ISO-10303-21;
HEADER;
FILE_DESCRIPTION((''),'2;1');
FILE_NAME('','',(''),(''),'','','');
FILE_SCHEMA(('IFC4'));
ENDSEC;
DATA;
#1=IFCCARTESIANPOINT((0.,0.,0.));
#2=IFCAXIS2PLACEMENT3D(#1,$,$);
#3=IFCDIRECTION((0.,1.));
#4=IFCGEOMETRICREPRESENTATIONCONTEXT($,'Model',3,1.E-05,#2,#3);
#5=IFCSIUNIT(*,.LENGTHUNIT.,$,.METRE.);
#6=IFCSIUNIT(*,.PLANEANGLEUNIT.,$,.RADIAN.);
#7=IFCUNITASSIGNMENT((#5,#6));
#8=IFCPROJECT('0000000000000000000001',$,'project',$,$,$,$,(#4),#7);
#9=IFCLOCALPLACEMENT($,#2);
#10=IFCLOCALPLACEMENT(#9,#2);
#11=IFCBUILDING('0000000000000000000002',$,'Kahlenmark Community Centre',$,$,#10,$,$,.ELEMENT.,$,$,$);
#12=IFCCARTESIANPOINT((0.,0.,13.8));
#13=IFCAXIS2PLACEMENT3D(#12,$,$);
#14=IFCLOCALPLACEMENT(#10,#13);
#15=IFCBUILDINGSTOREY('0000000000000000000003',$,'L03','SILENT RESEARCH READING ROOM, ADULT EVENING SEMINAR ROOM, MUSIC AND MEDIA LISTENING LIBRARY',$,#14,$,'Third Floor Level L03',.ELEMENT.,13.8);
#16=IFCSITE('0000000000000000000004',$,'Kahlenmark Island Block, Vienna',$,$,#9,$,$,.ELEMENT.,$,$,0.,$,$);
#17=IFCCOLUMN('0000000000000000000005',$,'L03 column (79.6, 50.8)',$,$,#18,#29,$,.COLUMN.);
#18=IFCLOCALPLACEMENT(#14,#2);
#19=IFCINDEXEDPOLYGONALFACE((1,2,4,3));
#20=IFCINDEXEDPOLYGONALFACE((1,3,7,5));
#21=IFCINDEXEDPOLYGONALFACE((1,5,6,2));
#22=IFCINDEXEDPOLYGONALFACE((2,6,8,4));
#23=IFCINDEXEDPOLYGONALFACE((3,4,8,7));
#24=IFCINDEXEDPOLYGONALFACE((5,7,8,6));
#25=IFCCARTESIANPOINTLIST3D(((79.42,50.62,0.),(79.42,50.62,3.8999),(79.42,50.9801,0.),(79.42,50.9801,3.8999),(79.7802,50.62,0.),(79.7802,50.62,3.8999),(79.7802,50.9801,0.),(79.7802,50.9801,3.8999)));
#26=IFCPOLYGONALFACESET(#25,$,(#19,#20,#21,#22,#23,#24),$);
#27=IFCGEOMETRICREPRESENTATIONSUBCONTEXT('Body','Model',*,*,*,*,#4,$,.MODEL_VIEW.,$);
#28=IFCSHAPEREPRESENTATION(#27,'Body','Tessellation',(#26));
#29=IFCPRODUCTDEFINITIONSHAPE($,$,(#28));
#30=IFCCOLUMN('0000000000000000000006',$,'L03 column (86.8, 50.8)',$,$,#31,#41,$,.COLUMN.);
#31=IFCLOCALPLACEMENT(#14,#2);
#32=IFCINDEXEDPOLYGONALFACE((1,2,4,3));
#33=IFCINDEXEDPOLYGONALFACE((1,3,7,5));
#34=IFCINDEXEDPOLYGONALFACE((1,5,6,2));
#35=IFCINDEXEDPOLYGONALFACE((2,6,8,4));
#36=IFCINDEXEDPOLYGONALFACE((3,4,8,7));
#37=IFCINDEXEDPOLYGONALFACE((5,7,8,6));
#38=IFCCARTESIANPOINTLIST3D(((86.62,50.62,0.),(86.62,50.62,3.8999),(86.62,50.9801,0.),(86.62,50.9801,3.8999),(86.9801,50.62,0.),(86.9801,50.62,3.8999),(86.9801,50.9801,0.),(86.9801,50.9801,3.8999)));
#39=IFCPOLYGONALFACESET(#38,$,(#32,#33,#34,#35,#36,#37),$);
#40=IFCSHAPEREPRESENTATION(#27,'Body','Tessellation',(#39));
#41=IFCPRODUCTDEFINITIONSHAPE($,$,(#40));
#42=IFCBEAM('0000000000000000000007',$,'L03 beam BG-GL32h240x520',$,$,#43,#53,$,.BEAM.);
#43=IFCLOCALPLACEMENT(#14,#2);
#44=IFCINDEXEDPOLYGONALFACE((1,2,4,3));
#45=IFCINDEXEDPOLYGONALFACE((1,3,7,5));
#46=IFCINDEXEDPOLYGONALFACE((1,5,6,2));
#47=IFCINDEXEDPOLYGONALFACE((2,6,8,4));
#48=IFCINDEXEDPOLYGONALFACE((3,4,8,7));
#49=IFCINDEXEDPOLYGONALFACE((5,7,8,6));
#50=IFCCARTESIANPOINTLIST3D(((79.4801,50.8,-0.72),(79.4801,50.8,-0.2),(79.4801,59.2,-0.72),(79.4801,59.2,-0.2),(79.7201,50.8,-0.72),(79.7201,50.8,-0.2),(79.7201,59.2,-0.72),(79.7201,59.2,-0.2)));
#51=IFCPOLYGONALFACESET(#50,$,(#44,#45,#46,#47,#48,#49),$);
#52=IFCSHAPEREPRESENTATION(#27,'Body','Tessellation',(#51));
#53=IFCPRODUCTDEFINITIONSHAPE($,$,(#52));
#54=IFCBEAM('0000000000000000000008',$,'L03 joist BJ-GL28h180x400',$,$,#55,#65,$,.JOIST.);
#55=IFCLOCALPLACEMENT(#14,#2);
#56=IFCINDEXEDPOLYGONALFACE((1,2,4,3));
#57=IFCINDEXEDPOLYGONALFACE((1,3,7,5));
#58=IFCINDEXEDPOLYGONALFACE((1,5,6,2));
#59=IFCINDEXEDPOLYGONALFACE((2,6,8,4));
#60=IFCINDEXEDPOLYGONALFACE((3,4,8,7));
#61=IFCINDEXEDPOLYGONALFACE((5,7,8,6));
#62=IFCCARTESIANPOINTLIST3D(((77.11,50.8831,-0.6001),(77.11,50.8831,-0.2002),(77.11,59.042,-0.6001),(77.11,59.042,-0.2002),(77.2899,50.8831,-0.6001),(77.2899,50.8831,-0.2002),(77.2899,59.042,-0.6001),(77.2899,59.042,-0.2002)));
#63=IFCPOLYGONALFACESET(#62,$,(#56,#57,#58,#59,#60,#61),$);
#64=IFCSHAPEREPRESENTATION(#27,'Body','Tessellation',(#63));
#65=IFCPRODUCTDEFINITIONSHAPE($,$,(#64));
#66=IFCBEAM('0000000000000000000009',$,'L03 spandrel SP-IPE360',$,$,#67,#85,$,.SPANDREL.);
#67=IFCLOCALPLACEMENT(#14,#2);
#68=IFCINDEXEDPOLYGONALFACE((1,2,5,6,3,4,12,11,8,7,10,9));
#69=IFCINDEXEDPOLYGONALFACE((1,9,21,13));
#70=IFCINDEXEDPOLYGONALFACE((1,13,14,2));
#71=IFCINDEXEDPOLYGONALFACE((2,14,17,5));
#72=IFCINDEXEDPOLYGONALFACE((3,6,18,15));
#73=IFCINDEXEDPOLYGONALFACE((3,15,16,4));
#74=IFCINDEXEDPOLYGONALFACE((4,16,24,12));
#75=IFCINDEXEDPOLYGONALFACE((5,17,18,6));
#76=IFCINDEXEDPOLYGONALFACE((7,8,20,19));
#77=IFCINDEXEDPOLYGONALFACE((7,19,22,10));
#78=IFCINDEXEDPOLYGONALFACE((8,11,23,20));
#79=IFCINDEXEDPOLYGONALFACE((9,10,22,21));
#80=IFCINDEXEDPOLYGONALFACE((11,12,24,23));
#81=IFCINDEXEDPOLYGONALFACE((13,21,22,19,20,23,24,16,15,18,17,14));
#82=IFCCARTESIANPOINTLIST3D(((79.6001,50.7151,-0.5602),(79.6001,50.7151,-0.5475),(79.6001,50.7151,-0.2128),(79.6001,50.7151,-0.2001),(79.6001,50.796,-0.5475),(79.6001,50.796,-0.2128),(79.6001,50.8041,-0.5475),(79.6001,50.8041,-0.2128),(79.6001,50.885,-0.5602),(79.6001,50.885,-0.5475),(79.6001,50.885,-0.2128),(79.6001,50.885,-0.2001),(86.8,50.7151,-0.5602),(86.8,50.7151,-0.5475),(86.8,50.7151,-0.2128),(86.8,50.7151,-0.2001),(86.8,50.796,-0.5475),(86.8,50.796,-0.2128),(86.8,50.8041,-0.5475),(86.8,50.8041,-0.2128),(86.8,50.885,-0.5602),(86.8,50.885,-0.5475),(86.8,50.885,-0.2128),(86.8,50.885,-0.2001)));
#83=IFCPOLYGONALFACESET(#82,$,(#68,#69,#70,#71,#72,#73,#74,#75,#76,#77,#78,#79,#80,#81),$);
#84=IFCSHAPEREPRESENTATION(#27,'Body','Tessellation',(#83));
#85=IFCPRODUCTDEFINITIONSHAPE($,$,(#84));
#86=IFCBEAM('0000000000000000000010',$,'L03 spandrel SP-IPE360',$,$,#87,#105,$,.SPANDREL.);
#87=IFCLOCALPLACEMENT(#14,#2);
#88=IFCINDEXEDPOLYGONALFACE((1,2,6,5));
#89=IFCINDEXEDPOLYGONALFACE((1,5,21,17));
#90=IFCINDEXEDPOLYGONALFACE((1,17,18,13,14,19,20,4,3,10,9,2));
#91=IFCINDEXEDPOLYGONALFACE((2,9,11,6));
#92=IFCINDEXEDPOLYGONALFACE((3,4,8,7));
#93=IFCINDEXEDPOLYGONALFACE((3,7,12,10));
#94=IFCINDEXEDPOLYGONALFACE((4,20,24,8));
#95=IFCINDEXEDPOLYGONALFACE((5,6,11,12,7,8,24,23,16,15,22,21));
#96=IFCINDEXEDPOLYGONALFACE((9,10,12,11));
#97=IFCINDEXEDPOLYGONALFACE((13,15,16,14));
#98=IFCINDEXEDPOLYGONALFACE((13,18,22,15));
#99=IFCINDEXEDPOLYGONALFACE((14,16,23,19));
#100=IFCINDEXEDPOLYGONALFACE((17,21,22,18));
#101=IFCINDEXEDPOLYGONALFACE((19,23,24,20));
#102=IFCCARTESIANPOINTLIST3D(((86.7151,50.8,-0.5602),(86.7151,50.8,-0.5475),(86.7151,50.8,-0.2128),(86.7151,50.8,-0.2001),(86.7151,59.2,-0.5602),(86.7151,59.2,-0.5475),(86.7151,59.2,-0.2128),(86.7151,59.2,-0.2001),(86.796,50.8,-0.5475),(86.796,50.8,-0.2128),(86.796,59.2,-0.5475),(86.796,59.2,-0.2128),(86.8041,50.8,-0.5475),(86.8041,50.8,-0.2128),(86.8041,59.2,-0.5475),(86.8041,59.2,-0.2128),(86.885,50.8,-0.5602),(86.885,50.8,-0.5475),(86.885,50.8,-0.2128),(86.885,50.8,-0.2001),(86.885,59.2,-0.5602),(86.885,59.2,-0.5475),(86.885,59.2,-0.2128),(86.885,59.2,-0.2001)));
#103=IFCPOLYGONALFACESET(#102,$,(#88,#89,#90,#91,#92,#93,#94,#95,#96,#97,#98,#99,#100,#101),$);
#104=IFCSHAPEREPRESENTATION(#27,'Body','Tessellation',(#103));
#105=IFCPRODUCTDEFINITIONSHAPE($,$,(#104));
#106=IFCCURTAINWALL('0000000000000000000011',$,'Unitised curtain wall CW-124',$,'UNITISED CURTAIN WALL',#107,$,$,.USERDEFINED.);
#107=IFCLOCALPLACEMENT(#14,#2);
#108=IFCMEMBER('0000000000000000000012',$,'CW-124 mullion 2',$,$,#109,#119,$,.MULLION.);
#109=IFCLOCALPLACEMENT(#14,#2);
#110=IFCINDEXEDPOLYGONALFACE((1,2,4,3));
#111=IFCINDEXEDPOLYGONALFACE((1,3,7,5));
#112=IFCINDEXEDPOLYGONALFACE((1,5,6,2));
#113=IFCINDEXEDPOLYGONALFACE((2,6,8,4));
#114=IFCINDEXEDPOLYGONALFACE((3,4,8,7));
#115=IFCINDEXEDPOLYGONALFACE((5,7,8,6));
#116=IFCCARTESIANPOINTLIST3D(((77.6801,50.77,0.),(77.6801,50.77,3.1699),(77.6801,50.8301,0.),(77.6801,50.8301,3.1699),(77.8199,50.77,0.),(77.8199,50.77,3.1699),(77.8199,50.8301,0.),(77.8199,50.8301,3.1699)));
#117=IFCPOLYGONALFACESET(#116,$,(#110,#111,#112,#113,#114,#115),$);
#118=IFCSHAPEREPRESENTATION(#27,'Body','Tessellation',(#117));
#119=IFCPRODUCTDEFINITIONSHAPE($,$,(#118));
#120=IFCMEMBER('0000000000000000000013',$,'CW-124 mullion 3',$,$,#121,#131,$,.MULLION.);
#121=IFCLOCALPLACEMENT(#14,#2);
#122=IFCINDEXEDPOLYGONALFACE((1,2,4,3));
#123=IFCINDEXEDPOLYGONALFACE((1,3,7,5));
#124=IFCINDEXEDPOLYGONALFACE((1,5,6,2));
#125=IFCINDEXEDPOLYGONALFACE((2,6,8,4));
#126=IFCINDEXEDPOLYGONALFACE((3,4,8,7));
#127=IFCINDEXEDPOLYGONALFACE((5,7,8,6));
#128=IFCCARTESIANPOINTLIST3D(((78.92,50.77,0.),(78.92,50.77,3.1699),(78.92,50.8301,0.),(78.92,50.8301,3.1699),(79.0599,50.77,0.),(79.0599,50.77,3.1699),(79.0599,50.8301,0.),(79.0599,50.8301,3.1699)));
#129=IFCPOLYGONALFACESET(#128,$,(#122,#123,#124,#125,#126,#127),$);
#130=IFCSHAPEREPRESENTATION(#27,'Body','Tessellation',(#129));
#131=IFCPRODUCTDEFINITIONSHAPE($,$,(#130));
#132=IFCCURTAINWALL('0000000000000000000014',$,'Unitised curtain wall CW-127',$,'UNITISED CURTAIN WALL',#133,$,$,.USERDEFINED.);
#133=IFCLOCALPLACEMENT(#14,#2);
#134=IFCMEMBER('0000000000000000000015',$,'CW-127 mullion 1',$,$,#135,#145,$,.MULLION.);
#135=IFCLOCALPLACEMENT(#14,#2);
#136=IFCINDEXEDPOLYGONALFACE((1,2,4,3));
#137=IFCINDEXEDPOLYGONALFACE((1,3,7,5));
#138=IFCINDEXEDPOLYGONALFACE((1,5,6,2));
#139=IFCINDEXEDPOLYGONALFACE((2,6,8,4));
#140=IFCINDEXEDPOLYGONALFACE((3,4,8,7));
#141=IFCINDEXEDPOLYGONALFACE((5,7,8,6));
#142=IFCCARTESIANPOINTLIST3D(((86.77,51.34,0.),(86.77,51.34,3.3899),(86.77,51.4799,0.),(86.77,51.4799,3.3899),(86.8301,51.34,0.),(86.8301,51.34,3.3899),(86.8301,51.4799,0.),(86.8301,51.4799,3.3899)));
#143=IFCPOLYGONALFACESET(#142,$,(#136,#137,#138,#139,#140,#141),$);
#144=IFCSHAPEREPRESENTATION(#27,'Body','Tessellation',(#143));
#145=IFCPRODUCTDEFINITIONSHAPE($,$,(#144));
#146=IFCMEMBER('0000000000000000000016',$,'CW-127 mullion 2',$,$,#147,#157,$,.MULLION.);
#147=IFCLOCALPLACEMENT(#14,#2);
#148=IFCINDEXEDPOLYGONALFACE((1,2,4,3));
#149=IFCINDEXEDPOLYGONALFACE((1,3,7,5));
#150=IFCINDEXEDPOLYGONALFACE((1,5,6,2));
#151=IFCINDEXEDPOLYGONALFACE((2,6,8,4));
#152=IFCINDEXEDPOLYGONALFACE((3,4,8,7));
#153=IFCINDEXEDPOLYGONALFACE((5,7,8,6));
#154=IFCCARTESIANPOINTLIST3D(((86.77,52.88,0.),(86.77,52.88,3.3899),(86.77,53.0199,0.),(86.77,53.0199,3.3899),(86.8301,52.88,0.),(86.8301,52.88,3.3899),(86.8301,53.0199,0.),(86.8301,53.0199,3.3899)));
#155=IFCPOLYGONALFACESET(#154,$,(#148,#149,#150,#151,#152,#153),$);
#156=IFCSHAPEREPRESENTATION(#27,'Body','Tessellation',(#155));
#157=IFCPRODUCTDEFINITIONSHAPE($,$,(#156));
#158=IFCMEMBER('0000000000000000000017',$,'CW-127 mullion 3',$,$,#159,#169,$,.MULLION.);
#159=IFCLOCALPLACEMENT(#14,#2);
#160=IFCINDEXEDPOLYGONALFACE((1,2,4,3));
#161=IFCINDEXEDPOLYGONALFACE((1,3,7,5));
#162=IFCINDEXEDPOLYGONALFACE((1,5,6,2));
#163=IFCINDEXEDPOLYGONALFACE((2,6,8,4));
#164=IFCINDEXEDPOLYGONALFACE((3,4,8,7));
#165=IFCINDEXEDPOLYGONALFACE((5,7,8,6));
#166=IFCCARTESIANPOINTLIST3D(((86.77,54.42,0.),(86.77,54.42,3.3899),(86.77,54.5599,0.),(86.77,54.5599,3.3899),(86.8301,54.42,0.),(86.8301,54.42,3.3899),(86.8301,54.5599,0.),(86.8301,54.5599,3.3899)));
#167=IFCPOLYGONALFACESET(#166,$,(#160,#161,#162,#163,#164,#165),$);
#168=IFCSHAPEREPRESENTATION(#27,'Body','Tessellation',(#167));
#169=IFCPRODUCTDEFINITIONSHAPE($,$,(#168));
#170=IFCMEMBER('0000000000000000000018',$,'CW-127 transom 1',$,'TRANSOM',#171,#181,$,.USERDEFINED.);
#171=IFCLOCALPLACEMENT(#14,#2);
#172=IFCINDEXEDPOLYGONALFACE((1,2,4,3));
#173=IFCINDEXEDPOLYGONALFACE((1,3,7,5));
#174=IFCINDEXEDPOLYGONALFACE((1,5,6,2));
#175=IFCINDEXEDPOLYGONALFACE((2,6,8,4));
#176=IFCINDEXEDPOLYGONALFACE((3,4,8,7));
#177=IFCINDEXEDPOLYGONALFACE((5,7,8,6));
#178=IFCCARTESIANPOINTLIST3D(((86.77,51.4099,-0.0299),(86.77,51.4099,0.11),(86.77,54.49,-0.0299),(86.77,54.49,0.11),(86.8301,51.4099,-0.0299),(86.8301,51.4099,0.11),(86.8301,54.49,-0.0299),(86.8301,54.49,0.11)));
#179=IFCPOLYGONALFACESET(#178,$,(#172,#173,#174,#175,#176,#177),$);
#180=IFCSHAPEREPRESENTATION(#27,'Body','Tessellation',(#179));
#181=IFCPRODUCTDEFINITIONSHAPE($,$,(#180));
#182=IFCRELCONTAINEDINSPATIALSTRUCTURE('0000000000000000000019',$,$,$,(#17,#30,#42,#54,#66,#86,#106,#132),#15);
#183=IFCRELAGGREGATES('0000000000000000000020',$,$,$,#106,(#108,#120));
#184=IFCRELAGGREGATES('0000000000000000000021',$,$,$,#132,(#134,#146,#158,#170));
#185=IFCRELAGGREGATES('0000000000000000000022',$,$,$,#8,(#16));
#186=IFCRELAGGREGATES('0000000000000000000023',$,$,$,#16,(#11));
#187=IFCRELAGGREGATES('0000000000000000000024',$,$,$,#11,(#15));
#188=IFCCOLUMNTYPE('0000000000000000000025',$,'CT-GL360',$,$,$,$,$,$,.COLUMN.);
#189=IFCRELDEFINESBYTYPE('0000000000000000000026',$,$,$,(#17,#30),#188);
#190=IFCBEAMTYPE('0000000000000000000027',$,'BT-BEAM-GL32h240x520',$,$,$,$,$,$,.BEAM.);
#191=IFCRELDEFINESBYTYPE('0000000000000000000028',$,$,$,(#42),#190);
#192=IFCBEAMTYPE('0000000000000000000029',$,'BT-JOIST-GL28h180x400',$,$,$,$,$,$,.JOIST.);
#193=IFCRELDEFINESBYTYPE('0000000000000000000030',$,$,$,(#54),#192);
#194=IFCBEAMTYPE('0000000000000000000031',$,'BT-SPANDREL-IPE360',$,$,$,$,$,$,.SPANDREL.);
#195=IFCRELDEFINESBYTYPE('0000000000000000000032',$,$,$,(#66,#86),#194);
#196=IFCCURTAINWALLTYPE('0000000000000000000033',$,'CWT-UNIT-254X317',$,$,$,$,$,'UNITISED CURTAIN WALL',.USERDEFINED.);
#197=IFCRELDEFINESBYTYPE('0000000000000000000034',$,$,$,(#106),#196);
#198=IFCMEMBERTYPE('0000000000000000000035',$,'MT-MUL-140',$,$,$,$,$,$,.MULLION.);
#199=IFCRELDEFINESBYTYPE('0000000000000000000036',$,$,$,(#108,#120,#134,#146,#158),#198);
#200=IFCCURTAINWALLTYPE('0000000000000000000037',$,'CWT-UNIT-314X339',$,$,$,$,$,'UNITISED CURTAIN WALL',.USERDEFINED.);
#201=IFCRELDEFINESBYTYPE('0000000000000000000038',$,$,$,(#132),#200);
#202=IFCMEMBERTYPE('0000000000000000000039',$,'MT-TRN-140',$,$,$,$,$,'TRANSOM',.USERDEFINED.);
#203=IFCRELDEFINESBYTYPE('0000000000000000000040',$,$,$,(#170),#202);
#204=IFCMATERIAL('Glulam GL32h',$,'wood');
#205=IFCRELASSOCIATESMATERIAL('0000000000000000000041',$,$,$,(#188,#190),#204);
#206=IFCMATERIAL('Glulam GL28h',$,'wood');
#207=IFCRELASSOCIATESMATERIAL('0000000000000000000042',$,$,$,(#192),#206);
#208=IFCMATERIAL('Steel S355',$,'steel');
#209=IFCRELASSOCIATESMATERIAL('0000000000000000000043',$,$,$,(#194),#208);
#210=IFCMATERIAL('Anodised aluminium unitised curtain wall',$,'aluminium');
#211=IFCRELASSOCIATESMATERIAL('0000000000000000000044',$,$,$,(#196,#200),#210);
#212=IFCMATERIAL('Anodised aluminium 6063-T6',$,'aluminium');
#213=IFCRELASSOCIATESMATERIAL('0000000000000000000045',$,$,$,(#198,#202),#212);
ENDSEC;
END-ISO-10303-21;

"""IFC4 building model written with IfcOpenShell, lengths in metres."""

from ifc_helpers import new_model, si_unit, direction, frame, origin, origin_2d, place, context, subcontext, project, spatial, rectangle, i_section, extrude, material, material_profile, profile_set, type_object, element, aggregate, save


model = new_model("IFC4")

# Units and contexts
model_context = context("Model", 3, precision=1e-05, world=origin(), true_north=direction((0.0, 1.0)))
body_context = subcontext(model_context, "Body", "Model", "MODEL_VIEW")
ifc_project = project(units=[si_unit("LENGTHUNIT", "METRE"), si_unit("PLANEANGLEUNIT", "RADIAN")], contexts=[model_context])

# Site, building, storey
site_placement = place(None, origin())
site = spatial("IfcSite", under=ifc_project, at=site_placement, Name="Kahlenmark Island Block, Vienna", CompositionType="ELEMENT", RefElevation=0.0)
building_placement = place(site_placement, origin())
building = spatial("IfcBuilding", under=site, at=building_placement, Name="Kahlenmark Community Centre", CompositionType="ELEMENT")
storey_placement = place(building_placement, frame((0.0, 0.0, 13.8)))
storey = spatial("IfcBuildingStorey", under=building, at=storey_placement, Name="L03", Description="SILENT RESEARCH READING ROOM, ADULT EVENING SEMINAR ROOM, MUSIC AND MEDIA LISTENING LIBRARY", LongName="Third Floor Level L03", CompositionType="ELEMENT", Elevation=13.8)

# Columns
ifc_material_1 = material(Name="Glulam GL32h", Category="wood")
ifc_material_profile_1 = material_profile(ifc_material_1, rectangle(XDim=0.3601, YDim=0.3601, at=origin_2d()), Name="GL32h 360x360")
ifc_profile_set_1 = profile_set([ifc_material_profile_1], Name="Glulam GL32h")
column_type = type_object("IfcColumnType", Name="CT-GL360", PredefinedType="COLUMN", material=ifc_profile_set_1)
for number, where, z_axis, x_axis, name in (
    (1, (79.6001, 50.8, 0.0), (0.0, 0.0, 1.0), (1.0, 0.0, 0.0), "L03 column (79.6, 50.8)"),
    (2, (86.8, 50.8, 0.0), (0.0, 0.0, 1.0), (1.0, 0.0, 0.0), "L03 column (86.8, 50.8)"),
):
    element("IfcColumn", number, at=place(storey_placement, frame(where, z_axis=z_axis, x_axis=x_axis)), inside=storey, type_object=column_type, Name=name, PredefinedType="COLUMN", context=body_context, shape_type="SweptSolid", body=[
        extrude(rectangle(XDim=0.3601, YDim=0.3601, at=origin_2d()), origin(), (0.0, 0.0, 1.0), 3.8999),
    ])

# Beams
ifc_material_profile_2 = material_profile(ifc_material_1, rectangle(XDim=0.24, YDim=0.52, at=origin_2d()), Name="GL32h 240x520")
ifc_profile_set_2 = profile_set([ifc_material_profile_2], Name="Glulam GL32h")
beam_type_1 = type_object("IfcBeamType", Name="BT-BEAM-GL32h240x520", PredefinedType="BEAM", material=ifc_profile_set_2)
beam_1_placement = place(storey_placement, frame((79.6001, 50.8, -0.46), z_axis=(0.0, 1.0, 0.0), x_axis=(-1.0, 0.0, 0.0)))
element("IfcBeam", 3, at=beam_1_placement, inside=storey, type_object=beam_type_1, Name="L03 beam BG-GL32h240x520", PredefinedType="BEAM", context=body_context, shape_type="SweptSolid", body=[
    extrude(rectangle(XDim=0.24, YDim=0.52, at=origin_2d()), origin(), (0.0, 0.0, 1.0), 8.3999),
])
ifc_material_2 = material(Name="Glulam GL28h", Category="wood")
ifc_material_profile_3 = material_profile(ifc_material_2, rectangle(XDim=0.1799, YDim=0.3999, at=origin_2d()), Name="GL28h 180x400")
ifc_profile_set_3 = profile_set([ifc_material_profile_3], Name="Glulam GL28h")
beam_type_2 = type_object("IfcBeamType", Name="BT-JOIST-GL28h180x400", PredefinedType="JOIST", material=ifc_profile_set_3)
beam_2_placement = place(storey_placement, frame((77.2, 50.8831, -0.4001), z_axis=(0.0, 1.0, 0.0), x_axis=(-1.0, 0.0, 0.0)))
element("IfcBeam", 4, at=beam_2_placement, inside=storey, type_object=beam_type_2, Name="L03 joist BJ-GL28h180x400", PredefinedType="JOIST", context=body_context, shape_type="SweptSolid", body=[
    extrude(rectangle(XDim=0.1799, YDim=0.3999, at=origin_2d()), origin(), (0.0, 0.0, 1.0), 8.1589),
])
ifc_material_3 = material(Name="Steel S355", Category="steel")
ifc_material_profile_4 = material_profile(ifc_material_3, i_section(OverallWidth=0.1699, OverallDepth=0.3601, WebThickness=0.0081, FlangeThickness=0.0127, at=origin_2d()), Name="IPE 360")
ifc_profile_set_4 = profile_set([ifc_material_profile_4], Name="Steel S355")
beam_type_3 = type_object("IfcBeamType", Name="BT-SPANDREL-IPE360", PredefinedType="SPANDREL", material=ifc_profile_set_4)
beam_3_placement = place(storey_placement, frame((79.6001, 50.8, -0.3801), z_axis=(1.0, 0.0, 0.0), x_axis=(0.0, 1.0, 0.0)))
element("IfcBeam", 5, at=beam_3_placement, inside=storey, type_object=beam_type_3, Name="L03 spandrel SP-IPE360", PredefinedType="SPANDREL", context=body_context, shape_type="SweptSolid", body=[
    extrude(i_section(OverallWidth=0.1699, OverallDepth=0.3601, WebThickness=0.0081, FlangeThickness=0.0127, at=origin_2d()), origin(), (0.0, 0.0, 1.0), 7.2),
])
beam_4_placement = place(storey_placement, frame((86.8, 50.8, -0.3801), z_axis=(0.0, 1.0, 0.0), x_axis=(-1.0, 0.0, 0.0)))
element("IfcBeam", 6, at=beam_4_placement, inside=storey, type_object=beam_type_3, Name="L03 spandrel SP-IPE360", PredefinedType="SPANDREL", context=body_context, shape_type="SweptSolid", body=[
    extrude(i_section(OverallWidth=0.1699, OverallDepth=0.3601, WebThickness=0.0081, FlangeThickness=0.0127, at=origin_2d()), origin(), (0.0, 0.0, 1.0), 8.3999),
])

# Curtain walls, members
ifc_material_4 = material(Name="Anodised aluminium unitised curtain wall", Category="aluminium")
curtain_wall_type_1 = type_object("IfcCurtainWallType", Name="CWT-UNIT-254X317", ElementType="UNITISED CURTAIN WALL", PredefinedType="USERDEFINED", material=ifc_material_4)
curtain_wall_1_placement = place(storey_placement, origin())
curtain_wall_1 = element("IfcCurtainWall", 7, at=curtain_wall_1_placement, inside=storey, type_object=curtain_wall_type_1, Name="Unitised curtain wall CW-124", ObjectType="UNITISED CURTAIN WALL", PredefinedType="USERDEFINED")
ifc_material_5 = material(Name="Anodised aluminium 6063-T6", Category="aluminium")
ifc_material_profile_5 = material_profile(ifc_material_5, rectangle(XDim=0.0601, YDim=0.1399, at=origin_2d()), Name="ALU MULLION 60x140")
ifc_profile_set_5 = profile_set([ifc_material_profile_5], Name="Anodised aluminium 6063-T6")
member_type_1 = type_object("IfcMemberType", Name="MT-MUL-140", PredefinedType="MULLION", material=ifc_profile_set_5)
member_1_placement = place(storey_placement, frame((77.75, 50.8, 0.0), z_axis=(0.0, 0.0, 1.0), x_axis=(0.0, 1.0, 0.0)))
member_1 = element("IfcMember", 8, at=member_1_placement, type_object=member_type_1, Name="CW-124 mullion 2", PredefinedType="MULLION", context=body_context, shape_type="SweptSolid", body=[
    extrude(rectangle(XDim=0.0601, YDim=0.1399, at=origin_2d()), origin(), (0.0, 0.0, 1.0), 3.1699),
])
member_2_placement = place(storey_placement, frame((78.99, 50.8, 0.0), z_axis=(0.0, 0.0, 1.0), x_axis=(0.0, 1.0, 0.0)))
member_2 = element("IfcMember", 9, at=member_2_placement, type_object=member_type_1, Name="CW-124 mullion 3", PredefinedType="MULLION", context=body_context, shape_type="SweptSolid", body=[
    extrude(rectangle(XDim=0.0601, YDim=0.1399, at=origin_2d()), origin(), (0.0, 0.0, 1.0), 3.1699),
])
curtain_wall_type_2 = type_object("IfcCurtainWallType", Name="CWT-UNIT-314X339", ElementType="UNITISED CURTAIN WALL", PredefinedType="USERDEFINED", material=ifc_material_4)
curtain_wall_2_placement = place(storey_placement, origin())
curtain_wall_2 = element("IfcCurtainWall", 10, at=curtain_wall_2_placement, inside=storey, type_object=curtain_wall_type_2, Name="Unitised curtain wall CW-127", ObjectType="UNITISED CURTAIN WALL", PredefinedType="USERDEFINED")
member_3_placement = place(storey_placement, frame((86.8, 51.4099, 0.0), z_axis=(0.0, 0.0, 1.0), x_axis=(-1.0, 0.0, 0.0)))
member_3 = element("IfcMember", 11, at=member_3_placement, type_object=member_type_1, Name="CW-127 mullion 1", PredefinedType="MULLION", context=body_context, shape_type="SweptSolid", body=[
    extrude(rectangle(XDim=0.0601, YDim=0.1399, at=origin_2d()), origin(), (0.0, 0.0, 1.0), 3.3899),
])
member_4_placement = place(storey_placement, frame((86.8, 52.95, 0.0), z_axis=(0.0, 0.0, 1.0), x_axis=(-1.0, 0.0, 0.0)))
member_4 = element("IfcMember", 12, at=member_4_placement, type_object=member_type_1, Name="CW-127 mullion 2", PredefinedType="MULLION", context=body_context, shape_type="SweptSolid", body=[
    extrude(rectangle(XDim=0.0601, YDim=0.1399, at=origin_2d()), origin(), (0.0, 0.0, 1.0), 3.3899),
])
member_5_placement = place(storey_placement, frame((86.8, 54.49, 0.0), z_axis=(0.0, 0.0, 1.0), x_axis=(-1.0, 0.0, 0.0)))
member_5 = element("IfcMember", 13, at=member_5_placement, type_object=member_type_1, Name="CW-127 mullion 3", PredefinedType="MULLION", context=body_context, shape_type="SweptSolid", body=[
    extrude(rectangle(XDim=0.0601, YDim=0.1399, at=origin_2d()), origin(), (0.0, 0.0, 1.0), 3.3899),
])
ifc_material_profile_6 = material_profile(ifc_material_5, rectangle(XDim=0.0601, YDim=0.1399, at=origin_2d()), Name="ALU TRANSOM 60x140")
ifc_profile_set_6 = profile_set([ifc_material_profile_6], Name="Anodised aluminium 6063-T6")
member_type_2 = type_object("IfcMemberType", Name="MT-TRN-140", ElementType="TRANSOM", PredefinedType="USERDEFINED", material=ifc_profile_set_6)
member_6_placement = place(storey_placement, frame((86.8, 51.4099, 0.04), z_axis=(0.0, 1.0, 0.0), x_axis=(-1.0, 0.0, 0.0)))
member_6 = element("IfcMember", 14, at=member_6_placement, type_object=member_type_2, Name="CW-127 transom 1", ObjectType="TRANSOM", PredefinedType="USERDEFINED", context=body_context, shape_type="SweptSolid", body=[
    extrude(rectangle(XDim=0.0601, YDim=0.1399, at=origin_2d()), origin(), (0.0, 0.0, 1.0), 3.0801),
])

aggregate(curtain_wall_1, [member_1, member_2])
aggregate(curtain_wall_2, [member_3, member_4, member_5, member_6])

save(model, "model.ifc")
